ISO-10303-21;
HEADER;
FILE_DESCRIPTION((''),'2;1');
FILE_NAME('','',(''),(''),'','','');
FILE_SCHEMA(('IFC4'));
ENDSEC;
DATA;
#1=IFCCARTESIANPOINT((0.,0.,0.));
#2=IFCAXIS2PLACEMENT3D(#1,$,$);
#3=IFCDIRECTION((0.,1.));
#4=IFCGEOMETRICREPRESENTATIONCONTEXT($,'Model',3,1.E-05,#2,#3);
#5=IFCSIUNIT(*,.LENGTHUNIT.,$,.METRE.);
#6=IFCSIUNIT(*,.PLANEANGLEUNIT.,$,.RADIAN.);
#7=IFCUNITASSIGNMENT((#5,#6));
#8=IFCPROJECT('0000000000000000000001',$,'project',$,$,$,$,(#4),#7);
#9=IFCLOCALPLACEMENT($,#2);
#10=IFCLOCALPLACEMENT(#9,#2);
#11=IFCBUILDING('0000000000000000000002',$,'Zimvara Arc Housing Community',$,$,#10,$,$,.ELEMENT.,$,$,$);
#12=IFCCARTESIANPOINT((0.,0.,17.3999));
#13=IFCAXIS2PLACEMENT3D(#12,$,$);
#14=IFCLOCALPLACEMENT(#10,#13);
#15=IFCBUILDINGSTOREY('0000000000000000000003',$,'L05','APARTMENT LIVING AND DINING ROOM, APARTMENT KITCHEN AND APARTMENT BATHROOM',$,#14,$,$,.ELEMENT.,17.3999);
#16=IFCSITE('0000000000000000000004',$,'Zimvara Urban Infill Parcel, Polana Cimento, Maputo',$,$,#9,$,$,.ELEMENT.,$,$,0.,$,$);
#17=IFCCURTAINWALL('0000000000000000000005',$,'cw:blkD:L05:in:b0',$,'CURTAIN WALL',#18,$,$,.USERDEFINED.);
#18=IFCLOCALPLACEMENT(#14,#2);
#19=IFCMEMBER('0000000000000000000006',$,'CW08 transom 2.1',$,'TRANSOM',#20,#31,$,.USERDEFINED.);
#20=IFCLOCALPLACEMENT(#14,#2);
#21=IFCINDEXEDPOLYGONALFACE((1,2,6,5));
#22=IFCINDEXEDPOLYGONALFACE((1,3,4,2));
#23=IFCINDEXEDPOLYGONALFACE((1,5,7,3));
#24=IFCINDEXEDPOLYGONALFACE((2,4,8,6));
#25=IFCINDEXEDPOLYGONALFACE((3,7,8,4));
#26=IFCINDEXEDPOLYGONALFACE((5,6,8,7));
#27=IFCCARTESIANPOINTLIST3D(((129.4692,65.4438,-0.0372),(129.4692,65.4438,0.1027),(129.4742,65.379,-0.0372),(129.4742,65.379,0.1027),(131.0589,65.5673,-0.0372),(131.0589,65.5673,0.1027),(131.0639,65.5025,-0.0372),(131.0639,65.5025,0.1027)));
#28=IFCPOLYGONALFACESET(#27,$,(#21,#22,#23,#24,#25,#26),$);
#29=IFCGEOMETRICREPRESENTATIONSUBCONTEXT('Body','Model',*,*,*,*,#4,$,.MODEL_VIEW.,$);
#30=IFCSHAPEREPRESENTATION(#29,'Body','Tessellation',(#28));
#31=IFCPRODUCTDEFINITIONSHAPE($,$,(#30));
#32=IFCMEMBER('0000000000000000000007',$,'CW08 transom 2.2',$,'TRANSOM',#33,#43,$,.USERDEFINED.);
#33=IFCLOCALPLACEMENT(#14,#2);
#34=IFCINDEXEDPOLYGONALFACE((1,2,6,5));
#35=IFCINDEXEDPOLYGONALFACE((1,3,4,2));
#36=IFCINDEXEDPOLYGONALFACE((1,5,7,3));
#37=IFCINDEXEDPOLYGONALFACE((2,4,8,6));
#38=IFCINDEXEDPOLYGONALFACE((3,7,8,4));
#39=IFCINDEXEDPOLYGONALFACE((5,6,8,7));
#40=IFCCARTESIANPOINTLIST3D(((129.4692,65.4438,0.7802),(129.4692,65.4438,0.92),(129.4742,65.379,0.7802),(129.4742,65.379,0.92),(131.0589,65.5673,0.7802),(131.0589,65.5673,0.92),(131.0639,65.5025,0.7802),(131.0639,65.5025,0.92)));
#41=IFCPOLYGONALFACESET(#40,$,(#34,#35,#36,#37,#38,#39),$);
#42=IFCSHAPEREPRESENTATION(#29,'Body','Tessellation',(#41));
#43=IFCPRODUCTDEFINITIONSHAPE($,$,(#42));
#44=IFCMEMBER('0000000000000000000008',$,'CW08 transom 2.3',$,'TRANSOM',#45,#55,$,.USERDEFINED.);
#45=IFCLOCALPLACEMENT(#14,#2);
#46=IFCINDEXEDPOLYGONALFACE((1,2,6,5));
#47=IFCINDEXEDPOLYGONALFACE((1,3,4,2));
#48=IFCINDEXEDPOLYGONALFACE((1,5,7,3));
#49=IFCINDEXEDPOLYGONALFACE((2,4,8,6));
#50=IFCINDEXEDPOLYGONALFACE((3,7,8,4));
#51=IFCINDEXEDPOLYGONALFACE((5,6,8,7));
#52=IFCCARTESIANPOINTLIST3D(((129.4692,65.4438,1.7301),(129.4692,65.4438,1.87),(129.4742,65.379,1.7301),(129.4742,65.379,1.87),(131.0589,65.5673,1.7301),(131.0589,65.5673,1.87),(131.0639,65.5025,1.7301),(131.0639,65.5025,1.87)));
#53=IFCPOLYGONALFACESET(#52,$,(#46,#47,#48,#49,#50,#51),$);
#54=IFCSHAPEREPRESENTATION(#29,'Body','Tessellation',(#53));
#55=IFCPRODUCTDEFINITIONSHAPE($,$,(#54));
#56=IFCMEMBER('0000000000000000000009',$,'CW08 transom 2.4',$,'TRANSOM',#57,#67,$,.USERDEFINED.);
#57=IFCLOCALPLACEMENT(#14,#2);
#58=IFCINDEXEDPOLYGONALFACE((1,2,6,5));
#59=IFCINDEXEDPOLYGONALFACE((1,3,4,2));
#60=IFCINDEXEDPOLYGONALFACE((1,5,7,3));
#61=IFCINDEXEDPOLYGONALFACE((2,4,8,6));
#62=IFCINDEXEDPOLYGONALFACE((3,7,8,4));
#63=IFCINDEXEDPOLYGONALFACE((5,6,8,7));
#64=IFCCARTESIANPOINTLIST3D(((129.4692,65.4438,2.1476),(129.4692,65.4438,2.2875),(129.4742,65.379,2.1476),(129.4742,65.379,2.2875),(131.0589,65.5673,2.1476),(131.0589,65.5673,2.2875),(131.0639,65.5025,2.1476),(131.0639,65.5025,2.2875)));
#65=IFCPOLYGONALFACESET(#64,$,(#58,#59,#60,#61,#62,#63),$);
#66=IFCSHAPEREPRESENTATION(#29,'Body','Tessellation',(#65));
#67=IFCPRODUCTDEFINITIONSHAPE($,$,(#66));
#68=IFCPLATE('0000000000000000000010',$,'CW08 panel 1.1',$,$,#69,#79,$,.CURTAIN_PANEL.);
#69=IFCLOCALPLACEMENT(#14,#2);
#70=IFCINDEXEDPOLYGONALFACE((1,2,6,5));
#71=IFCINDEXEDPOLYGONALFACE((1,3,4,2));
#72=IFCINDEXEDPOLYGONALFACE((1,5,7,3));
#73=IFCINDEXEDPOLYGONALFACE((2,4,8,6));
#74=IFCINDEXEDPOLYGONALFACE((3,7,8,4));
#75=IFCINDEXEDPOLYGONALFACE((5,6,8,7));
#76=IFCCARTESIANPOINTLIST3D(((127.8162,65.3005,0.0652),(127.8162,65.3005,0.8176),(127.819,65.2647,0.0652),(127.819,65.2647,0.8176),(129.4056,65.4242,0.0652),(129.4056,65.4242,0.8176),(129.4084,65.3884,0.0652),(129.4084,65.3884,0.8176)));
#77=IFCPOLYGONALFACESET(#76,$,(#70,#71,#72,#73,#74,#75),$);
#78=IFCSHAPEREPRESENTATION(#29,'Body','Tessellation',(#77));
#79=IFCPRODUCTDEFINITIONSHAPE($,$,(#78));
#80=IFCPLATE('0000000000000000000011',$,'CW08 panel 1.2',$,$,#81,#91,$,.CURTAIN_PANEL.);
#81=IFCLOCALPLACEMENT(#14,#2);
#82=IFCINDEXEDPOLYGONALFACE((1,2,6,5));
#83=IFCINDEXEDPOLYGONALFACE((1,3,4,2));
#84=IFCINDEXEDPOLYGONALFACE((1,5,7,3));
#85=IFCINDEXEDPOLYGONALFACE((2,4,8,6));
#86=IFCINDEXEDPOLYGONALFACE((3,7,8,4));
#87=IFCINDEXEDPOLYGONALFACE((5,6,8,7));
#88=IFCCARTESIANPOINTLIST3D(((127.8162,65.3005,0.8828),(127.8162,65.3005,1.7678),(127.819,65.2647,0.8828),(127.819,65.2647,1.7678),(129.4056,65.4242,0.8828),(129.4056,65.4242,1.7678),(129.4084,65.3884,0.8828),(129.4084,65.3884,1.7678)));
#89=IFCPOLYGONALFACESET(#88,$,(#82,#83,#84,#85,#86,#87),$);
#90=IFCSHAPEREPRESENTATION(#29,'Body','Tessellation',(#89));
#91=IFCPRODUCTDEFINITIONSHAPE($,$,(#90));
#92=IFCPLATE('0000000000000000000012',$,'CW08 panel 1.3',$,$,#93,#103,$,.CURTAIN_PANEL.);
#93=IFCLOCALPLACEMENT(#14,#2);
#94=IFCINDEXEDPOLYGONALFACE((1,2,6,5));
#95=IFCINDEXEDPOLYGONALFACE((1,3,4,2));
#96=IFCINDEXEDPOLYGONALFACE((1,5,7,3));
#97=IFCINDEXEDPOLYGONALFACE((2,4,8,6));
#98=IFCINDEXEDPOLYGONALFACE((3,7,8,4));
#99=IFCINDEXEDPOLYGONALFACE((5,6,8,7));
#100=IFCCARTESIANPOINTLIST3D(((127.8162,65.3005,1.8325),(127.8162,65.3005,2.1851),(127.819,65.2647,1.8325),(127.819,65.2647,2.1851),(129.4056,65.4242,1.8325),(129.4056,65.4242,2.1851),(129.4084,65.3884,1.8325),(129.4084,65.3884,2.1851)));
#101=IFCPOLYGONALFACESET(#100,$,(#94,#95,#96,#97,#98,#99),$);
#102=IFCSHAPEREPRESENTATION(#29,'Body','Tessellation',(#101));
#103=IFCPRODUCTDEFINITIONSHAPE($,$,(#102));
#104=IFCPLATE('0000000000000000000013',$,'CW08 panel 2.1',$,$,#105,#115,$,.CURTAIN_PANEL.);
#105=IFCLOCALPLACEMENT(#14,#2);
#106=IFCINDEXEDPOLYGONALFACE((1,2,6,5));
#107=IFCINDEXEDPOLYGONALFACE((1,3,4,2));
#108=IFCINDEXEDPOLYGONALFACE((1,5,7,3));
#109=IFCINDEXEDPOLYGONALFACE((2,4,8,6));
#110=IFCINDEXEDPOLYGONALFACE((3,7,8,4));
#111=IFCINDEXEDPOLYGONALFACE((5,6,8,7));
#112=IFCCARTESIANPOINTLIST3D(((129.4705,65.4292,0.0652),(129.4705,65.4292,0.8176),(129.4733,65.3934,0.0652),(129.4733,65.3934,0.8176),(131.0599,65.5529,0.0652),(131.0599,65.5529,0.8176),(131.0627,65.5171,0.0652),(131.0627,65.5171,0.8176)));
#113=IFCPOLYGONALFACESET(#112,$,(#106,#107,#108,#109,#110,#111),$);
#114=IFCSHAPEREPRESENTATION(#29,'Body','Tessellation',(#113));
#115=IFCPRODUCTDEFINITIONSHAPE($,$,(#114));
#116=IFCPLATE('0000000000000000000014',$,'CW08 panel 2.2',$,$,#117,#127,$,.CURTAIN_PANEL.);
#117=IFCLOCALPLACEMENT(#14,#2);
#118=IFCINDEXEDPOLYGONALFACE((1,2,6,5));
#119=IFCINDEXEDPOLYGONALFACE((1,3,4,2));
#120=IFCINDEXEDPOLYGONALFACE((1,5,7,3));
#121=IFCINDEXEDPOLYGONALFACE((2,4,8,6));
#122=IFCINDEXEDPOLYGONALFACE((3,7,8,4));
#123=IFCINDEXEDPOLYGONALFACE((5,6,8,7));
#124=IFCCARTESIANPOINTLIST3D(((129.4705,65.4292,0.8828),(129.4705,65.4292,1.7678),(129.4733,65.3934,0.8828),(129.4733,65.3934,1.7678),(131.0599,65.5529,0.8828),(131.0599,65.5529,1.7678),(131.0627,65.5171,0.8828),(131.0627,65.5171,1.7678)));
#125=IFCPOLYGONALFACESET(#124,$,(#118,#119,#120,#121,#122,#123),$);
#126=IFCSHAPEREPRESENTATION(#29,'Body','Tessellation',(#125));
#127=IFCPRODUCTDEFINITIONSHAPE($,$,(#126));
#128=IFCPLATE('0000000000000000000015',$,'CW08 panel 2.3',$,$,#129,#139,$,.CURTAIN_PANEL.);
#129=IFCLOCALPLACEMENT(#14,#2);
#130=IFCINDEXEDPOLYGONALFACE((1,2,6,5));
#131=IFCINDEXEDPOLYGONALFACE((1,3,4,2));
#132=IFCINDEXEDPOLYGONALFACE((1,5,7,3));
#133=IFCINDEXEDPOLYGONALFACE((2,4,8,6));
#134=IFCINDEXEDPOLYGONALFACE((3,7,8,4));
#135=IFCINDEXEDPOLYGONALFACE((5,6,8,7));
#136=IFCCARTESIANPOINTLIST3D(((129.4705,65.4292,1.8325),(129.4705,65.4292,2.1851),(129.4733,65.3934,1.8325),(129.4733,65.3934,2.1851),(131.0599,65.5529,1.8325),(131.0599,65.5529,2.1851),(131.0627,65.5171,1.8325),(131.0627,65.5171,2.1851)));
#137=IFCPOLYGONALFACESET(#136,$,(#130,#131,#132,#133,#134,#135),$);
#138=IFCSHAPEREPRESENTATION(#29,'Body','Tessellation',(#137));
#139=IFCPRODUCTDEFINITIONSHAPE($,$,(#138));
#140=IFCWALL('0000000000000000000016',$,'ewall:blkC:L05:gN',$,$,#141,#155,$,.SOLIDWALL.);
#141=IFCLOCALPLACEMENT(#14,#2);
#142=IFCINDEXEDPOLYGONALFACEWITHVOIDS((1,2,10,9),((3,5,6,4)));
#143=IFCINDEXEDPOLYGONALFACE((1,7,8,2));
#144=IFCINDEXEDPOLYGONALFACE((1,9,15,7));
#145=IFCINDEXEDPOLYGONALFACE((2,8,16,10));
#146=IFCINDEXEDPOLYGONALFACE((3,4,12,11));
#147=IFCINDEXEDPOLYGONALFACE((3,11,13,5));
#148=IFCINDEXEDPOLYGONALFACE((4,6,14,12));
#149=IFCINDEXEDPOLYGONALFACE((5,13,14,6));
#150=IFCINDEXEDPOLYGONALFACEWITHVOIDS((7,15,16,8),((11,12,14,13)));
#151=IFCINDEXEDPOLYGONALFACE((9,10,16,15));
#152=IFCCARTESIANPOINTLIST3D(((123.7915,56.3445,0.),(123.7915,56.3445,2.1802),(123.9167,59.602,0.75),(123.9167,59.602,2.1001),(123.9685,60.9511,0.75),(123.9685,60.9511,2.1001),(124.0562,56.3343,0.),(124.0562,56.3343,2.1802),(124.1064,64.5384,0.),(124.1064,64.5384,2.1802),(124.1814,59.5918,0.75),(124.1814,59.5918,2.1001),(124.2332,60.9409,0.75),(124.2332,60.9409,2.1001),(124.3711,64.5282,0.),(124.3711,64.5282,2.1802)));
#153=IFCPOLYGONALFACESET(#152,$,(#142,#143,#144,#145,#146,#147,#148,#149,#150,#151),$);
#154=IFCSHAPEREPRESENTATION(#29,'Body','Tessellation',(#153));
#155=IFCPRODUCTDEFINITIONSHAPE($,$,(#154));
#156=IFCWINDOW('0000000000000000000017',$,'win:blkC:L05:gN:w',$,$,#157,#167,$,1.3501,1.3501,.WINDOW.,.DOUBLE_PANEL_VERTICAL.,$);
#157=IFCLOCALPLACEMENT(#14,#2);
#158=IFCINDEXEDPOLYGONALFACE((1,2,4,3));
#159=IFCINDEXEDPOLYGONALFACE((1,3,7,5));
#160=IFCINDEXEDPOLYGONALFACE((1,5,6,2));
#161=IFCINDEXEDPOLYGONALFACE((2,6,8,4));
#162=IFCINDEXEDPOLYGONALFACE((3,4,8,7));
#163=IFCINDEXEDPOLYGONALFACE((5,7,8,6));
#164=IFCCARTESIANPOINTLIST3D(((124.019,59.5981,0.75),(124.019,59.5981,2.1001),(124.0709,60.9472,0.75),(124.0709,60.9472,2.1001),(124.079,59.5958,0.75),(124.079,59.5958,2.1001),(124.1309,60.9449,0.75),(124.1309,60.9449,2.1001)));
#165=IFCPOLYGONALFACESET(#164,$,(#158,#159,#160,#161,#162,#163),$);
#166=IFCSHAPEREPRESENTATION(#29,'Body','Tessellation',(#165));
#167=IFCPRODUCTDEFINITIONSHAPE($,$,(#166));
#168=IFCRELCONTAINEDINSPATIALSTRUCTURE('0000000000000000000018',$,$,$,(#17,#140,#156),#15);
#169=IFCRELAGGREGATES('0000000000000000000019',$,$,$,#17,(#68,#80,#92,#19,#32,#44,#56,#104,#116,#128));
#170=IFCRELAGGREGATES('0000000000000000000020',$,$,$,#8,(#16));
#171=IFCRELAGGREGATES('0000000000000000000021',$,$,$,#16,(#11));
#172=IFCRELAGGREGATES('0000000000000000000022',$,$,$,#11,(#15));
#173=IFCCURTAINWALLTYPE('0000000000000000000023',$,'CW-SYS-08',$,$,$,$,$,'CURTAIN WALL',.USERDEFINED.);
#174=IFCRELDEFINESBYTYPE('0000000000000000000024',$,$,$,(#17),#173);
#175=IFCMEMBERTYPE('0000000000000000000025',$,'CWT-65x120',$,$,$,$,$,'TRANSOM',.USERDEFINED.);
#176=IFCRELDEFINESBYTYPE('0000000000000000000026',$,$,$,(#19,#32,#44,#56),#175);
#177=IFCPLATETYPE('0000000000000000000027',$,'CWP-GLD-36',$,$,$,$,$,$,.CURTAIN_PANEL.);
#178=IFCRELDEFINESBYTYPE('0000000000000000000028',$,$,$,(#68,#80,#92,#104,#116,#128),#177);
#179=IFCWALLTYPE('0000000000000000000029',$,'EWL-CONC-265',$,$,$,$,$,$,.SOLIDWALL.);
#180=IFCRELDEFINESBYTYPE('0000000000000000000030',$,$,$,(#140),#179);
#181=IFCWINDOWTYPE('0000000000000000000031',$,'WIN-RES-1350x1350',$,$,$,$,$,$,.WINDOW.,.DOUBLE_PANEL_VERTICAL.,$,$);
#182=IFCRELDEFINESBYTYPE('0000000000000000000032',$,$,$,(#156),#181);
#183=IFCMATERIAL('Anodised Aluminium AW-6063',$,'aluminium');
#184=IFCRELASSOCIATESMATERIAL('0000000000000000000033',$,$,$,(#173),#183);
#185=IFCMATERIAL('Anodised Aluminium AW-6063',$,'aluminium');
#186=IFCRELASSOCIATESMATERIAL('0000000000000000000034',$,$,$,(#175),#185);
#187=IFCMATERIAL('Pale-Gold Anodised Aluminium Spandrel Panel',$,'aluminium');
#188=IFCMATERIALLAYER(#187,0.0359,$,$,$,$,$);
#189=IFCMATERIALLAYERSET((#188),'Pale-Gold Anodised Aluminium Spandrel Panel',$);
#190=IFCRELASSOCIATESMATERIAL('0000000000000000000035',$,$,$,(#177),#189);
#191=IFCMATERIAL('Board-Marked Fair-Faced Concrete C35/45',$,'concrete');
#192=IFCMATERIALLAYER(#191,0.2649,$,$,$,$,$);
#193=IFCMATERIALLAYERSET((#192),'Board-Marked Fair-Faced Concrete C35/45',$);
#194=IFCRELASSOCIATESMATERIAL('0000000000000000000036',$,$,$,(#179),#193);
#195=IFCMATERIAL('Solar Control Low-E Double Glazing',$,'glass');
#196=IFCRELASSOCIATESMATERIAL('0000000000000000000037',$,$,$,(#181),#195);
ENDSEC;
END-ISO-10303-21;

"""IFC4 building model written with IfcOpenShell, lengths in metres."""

from ifc_helpers import new_model, si_unit, direction, frame, frame_2d, origin, origin_2d, place, context, subcontext, project, spatial, rectangle, extrude, material, layer, layer_set, material_profile, profile_set, type_object, element, fill, aggregate, save


model = new_model("IFC4")

# Units and contexts
model_context = context("Model", 3, precision=1e-05, world=origin(), true_north=direction((0.0, 1.0)))
body_context = subcontext(model_context, "Body", "Model", "MODEL_VIEW")
ifc_project = project(units=[si_unit("LENGTHUNIT", "METRE"), si_unit("PLANEANGLEUNIT", "RADIAN")], contexts=[model_context])

# Site, building, storey
site_placement = place(None, origin())
site = spatial("IfcSite", under=ifc_project, at=site_placement, Name="Zimvara Urban Infill Parcel, Polana Cimento, Maputo", CompositionType="ELEMENT", RefElevation=0.0)
building_placement = place(site_placement, origin())
building = spatial("IfcBuilding", under=site, at=building_placement, Name="Zimvara Arc Housing Community", CompositionType="ELEMENT")
storey_placement = place(building_placement, frame((0.0, 0.0, 17.3999)))
storey = spatial("IfcBuildingStorey", under=building, at=storey_placement, Name="L05", Description="APARTMENT LIVING AND DINING ROOM, APARTMENT KITCHEN AND APARTMENT BATHROOM", CompositionType="ELEMENT", Elevation=17.3999)

# Curtain wall, members, plates
ifc_material_1 = material(Name="Anodised Aluminium AW-6063", Category="aluminium")
curtain_wall_type_1 = type_object("IfcCurtainWallType", Name="CW-SYS-08", ElementType="CURTAIN WALL", PredefinedType="USERDEFINED", material=ifc_material_1)
curtain_wall_1_placement = place(storey_placement, origin())
curtain_wall_1 = element("IfcCurtainWall", 1, at=curtain_wall_1_placement, inside=storey, type_object=curtain_wall_type_1, Name="cw:blkD:L05:in:b0", ObjectType="CURTAIN WALL", PredefinedType="USERDEFINED")
ifc_material_2 = material(Name="Anodised Aluminium AW-6063", Category="aluminium")
ifc_material_profile_1 = material_profile(ifc_material_2, rectangle(XDim=0.0649, YDim=0.1399, at=origin_2d()), Name="ALU 65x140")
ifc_profile_set_1 = profile_set([ifc_material_profile_1], Name="Anodised Aluminium AW-6063")
member_type_1 = type_object("IfcMemberType", Name="CWT-65x120", ElementType="TRANSOM", PredefinedType="USERDEFINED", material=ifc_profile_set_1)
member_1_placement = place(storey_placement, frame((129.4717, 65.4114, 0.0327), z_axis=(0.996994, 0.077481, 0.0), x_axis=(-0.077481, 0.996994, 0.0)))
member_1 = element("IfcMember", 2, at=member_1_placement, type_object=member_type_1, Name="CW08 transom 2.1", ObjectType="TRANSOM", PredefinedType="USERDEFINED", context=body_context, shape_type="SweptSolid", body=[
    extrude(rectangle(XDim=0.0649, YDim=0.1399, at=origin_2d()), origin(), (0.0, 0.0, 1.0), 1.5945),
])
member_2_placement = place(storey_placement, frame((129.4717, 65.4114, 0.8501), z_axis=(0.996994, 0.077481, 0.0), x_axis=(-0.077481, 0.996994, 0.0)))
member_2 = element("IfcMember", 3, at=member_2_placement, type_object=member_type_1, Name="CW08 transom 2.2", ObjectType="TRANSOM", PredefinedType="USERDEFINED", context=body_context, shape_type="SweptSolid", body=[
    extrude(rectangle(XDim=0.0649, YDim=0.1399, at=origin_2d()), origin(), (0.0, 0.0, 1.0), 1.5945),
])
member_3_placement = place(storey_placement, frame((129.4717, 65.4114, 1.8), z_axis=(0.996994, 0.077481, 0.0), x_axis=(-0.077481, 0.996994, 0.0)))
member_3 = element("IfcMember", 4, at=member_3_placement, type_object=member_type_1, Name="CW08 transom 2.3", ObjectType="TRANSOM", PredefinedType="USERDEFINED", context=body_context, shape_type="SweptSolid", body=[
    extrude(rectangle(XDim=0.0649, YDim=0.1399, at=origin_2d()), origin(), (0.0, 0.0, 1.0), 1.5945),
])
member_4_placement = place(storey_placement, frame((129.4717, 65.4114, 2.2175), z_axis=(0.996994, 0.077481, 0.0), x_axis=(-0.077481, 0.996994, 0.0)))
member_4 = element("IfcMember", 5, at=member_4_placement, type_object=member_type_1, Name="CW08 transom 2.4", ObjectType="TRANSOM", PredefinedType="USERDEFINED", context=body_context, shape_type="SweptSolid", body=[
    extrude(rectangle(XDim=0.0649, YDim=0.1399, at=origin_2d()), origin(), (0.0, 0.0, 1.0), 1.5945),
])
ifc_material_3 = material(Name="Pale-Gold Anodised Aluminium Spandrel Panel", Category="aluminium")
ifc_layer_1 = layer(ifc_material_3, 0.0359)
ifc_layer_set_1 = layer_set([ifc_layer_1], Name="Pale-Gold Anodised Aluminium Spandrel Panel")
plate_type = type_object("IfcPlateType", Name="CWP-GLD-36", PredefinedType="CURTAIN_PANEL", material=ifc_layer_set_1)
plate_1_placement = place(storey_placement, frame((128.6123, 65.3445, 0.0652), z_axis=(0.0, 0.0, 1.0), x_axis=(0.996985, 0.07759, 0.0)))
plate_1 = element("IfcPlate", 6, at=plate_1_placement, type_object=plate_type, Name="CW08 panel 1.1", PredefinedType="CURTAIN_PANEL", context=body_context, shape_type="SweptSolid", body=[
    extrude(rectangle(XDim=1.5942, YDim=0.0359, at=origin_2d()), origin(), (0.0, 0.0, 1.0), 0.7524),
])
plate_2_placement = place(storey_placement, frame((128.6123, 65.3445, 0.8828), z_axis=(0.0, 0.0, 1.0), x_axis=(0.996985, 0.07759, 0.0)))
plate_2 = element("IfcPlate", 7, at=plate_2_placement, type_object=plate_type, Name="CW08 panel 1.2", PredefinedType="CURTAIN_PANEL", context=body_context, shape_type="SweptSolid", body=[
    extrude(rectangle(XDim=1.5942, YDim=0.0359, at=origin_2d()), origin(), (0.0, 0.0, 1.0), 0.885),
])
plate_3_placement = place(storey_placement, frame((128.6123, 65.3445, 1.8325), z_axis=(0.0, 0.0, 1.0), x_axis=(0.996985, 0.07759, 0.0)))
plate_3 = element("IfcPlate", 8, at=plate_3_placement, type_object=plate_type, Name="CW08 panel 1.3", PredefinedType="CURTAIN_PANEL", context=body_context, shape_type="SweptSolid", body=[
    extrude(rectangle(XDim=1.5942, YDim=0.0359, at=origin_2d()), origin(), (0.0, 0.0, 1.0), 0.3525),
])
plate_4_placement = place(storey_placement, frame((130.2666, 65.4731, 0.0652), z_axis=(0.0, 0.0, 1.0), x_axis=(0.996985, 0.07759, 0.0)))
plate_4 = element("IfcPlate", 9, at=plate_4_placement, type_object=plate_type, Name="CW08 panel 2.1", PredefinedType="CURTAIN_PANEL", context=body_context, shape_type="SweptSolid", body=[
    extrude(rectangle(XDim=1.5942, YDim=0.0359, at=origin_2d()), origin(), (0.0, 0.0, 1.0), 0.7524),
])
plate_5_placement = place(storey_placement, frame((130.2666, 65.4731, 0.8828), z_axis=(0.0, 0.0, 1.0), x_axis=(0.996985, 0.07759, 0.0)))
plate_5 = element("IfcPlate", 10, at=plate_5_placement, type_object=plate_type, Name="CW08 panel 2.2", PredefinedType="CURTAIN_PANEL", context=body_context, shape_type="SweptSolid", body=[
    extrude(rectangle(XDim=1.5942, YDim=0.0359, at=origin_2d()), origin(), (0.0, 0.0, 1.0), 0.885),
])
plate_6_placement = place(storey_placement, frame((130.2666, 65.4731, 1.8325), z_axis=(0.0, 0.0, 1.0), x_axis=(0.996985, 0.07759, 0.0)))
plate_6 = element("IfcPlate", 11, at=plate_6_placement, type_object=plate_type, Name="CW08 panel 2.3", PredefinedType="CURTAIN_PANEL", context=body_context, shape_type="SweptSolid", body=[
    extrude(rectangle(XDim=1.5942, YDim=0.0359, at=origin_2d()), origin(), (0.0, 0.0, 1.0), 0.3525),
])
aggregate(curtain_wall_1, [plate_1, plate_2, plate_3, member_1, member_2, member_3, member_4, plate_4, plate_5, plate_6])

# Wall, opening, window
ifc_material_4 = material(Name="Board-Marked Fair-Faced Concrete C35/45", Category="concrete")
ifc_layer_2 = layer(ifc_material_4, 0.2649)
ifc_layer_set_2 = layer_set([ifc_layer_2], Name="Board-Marked Fair-Faced Concrete C35/45")
wall_type_1 = type_object("IfcWallType", Name="EWL-CONC-265", PredefinedType="SOLIDWALL", material=ifc_layer_set_2)
wall_1_placement = place(storey_placement, frame((124.2388, 64.5334, 0.0), z_axis=(0.0, 0.0, 1.0), x_axis=(-0.038408, -0.999262, 0.0)))
wall_1 = element("IfcWall", 12, at=wall_1_placement, inside=storey, type_object=wall_type_1, Name="ewall:blkC:L05:gN", PredefinedType="SOLIDWALL", context=body_context, shape_type="SweptSolid", body=[
    extrude(rectangle(XDim=8.2, YDim=0.2649, at=frame_2d((4.1001, 0.0))), origin(), (0.0, 0.0, 1.0), 2.1802),
])
opening_1_placement = place(wall_1_placement, frame((3.5901, 0.0, 0.75)))
opening_1 = element("IfcOpeningElement", 13, at=opening_1_placement, cuts=wall_1, PredefinedType="OPENING", context=body_context, shape_type="SweptSolid", body=[
    extrude(rectangle(XDim=1.3501, YDim=1.3501, at=frame_2d((0.675, 0.675))), frame((0.0, 0.1423, 0.0), z_axis=(0.0, -1.0, 0.0), x_axis=(1.0, 0.0, 0.0)), (0.0, 0.0, 1.0), 0.2849),
])
ifc_material_5 = material(Name="Solar Control Low-E Double Glazing", Category="glass")
window_type_1 = type_object("IfcWindowType", Name="WIN-RES-1350x1350", PartitioningType="DOUBLE_PANEL_VERTICAL", PredefinedType="WINDOW", material=ifc_material_5)
window_1_placement = place(opening_1_placement, origin())
window_1 = element("IfcWindow", 14, at=window_1_placement, inside=storey, type_object=window_type_1, Name="win:blkC:L05:gN:w", OverallHeight=1.3501, OverallWidth=1.3501, PartitioningType="DOUBLE_PANEL_VERTICAL", PredefinedType="WINDOW", context=body_context, shape_type="SweptSolid", body=[
    extrude(rectangle(XDim=1.3501, YDim=1.3501, at=frame_2d((0.675, 0.675))), frame((0.0, 0.03, 0.0), z_axis=(0.0, -1.0, 0.0), x_axis=(1.0, 0.0, 0.0)), (0.0, 0.0, 1.0), 0.0601),
])
fill(opening_1, window_1)

save(model, "model.ifc")
